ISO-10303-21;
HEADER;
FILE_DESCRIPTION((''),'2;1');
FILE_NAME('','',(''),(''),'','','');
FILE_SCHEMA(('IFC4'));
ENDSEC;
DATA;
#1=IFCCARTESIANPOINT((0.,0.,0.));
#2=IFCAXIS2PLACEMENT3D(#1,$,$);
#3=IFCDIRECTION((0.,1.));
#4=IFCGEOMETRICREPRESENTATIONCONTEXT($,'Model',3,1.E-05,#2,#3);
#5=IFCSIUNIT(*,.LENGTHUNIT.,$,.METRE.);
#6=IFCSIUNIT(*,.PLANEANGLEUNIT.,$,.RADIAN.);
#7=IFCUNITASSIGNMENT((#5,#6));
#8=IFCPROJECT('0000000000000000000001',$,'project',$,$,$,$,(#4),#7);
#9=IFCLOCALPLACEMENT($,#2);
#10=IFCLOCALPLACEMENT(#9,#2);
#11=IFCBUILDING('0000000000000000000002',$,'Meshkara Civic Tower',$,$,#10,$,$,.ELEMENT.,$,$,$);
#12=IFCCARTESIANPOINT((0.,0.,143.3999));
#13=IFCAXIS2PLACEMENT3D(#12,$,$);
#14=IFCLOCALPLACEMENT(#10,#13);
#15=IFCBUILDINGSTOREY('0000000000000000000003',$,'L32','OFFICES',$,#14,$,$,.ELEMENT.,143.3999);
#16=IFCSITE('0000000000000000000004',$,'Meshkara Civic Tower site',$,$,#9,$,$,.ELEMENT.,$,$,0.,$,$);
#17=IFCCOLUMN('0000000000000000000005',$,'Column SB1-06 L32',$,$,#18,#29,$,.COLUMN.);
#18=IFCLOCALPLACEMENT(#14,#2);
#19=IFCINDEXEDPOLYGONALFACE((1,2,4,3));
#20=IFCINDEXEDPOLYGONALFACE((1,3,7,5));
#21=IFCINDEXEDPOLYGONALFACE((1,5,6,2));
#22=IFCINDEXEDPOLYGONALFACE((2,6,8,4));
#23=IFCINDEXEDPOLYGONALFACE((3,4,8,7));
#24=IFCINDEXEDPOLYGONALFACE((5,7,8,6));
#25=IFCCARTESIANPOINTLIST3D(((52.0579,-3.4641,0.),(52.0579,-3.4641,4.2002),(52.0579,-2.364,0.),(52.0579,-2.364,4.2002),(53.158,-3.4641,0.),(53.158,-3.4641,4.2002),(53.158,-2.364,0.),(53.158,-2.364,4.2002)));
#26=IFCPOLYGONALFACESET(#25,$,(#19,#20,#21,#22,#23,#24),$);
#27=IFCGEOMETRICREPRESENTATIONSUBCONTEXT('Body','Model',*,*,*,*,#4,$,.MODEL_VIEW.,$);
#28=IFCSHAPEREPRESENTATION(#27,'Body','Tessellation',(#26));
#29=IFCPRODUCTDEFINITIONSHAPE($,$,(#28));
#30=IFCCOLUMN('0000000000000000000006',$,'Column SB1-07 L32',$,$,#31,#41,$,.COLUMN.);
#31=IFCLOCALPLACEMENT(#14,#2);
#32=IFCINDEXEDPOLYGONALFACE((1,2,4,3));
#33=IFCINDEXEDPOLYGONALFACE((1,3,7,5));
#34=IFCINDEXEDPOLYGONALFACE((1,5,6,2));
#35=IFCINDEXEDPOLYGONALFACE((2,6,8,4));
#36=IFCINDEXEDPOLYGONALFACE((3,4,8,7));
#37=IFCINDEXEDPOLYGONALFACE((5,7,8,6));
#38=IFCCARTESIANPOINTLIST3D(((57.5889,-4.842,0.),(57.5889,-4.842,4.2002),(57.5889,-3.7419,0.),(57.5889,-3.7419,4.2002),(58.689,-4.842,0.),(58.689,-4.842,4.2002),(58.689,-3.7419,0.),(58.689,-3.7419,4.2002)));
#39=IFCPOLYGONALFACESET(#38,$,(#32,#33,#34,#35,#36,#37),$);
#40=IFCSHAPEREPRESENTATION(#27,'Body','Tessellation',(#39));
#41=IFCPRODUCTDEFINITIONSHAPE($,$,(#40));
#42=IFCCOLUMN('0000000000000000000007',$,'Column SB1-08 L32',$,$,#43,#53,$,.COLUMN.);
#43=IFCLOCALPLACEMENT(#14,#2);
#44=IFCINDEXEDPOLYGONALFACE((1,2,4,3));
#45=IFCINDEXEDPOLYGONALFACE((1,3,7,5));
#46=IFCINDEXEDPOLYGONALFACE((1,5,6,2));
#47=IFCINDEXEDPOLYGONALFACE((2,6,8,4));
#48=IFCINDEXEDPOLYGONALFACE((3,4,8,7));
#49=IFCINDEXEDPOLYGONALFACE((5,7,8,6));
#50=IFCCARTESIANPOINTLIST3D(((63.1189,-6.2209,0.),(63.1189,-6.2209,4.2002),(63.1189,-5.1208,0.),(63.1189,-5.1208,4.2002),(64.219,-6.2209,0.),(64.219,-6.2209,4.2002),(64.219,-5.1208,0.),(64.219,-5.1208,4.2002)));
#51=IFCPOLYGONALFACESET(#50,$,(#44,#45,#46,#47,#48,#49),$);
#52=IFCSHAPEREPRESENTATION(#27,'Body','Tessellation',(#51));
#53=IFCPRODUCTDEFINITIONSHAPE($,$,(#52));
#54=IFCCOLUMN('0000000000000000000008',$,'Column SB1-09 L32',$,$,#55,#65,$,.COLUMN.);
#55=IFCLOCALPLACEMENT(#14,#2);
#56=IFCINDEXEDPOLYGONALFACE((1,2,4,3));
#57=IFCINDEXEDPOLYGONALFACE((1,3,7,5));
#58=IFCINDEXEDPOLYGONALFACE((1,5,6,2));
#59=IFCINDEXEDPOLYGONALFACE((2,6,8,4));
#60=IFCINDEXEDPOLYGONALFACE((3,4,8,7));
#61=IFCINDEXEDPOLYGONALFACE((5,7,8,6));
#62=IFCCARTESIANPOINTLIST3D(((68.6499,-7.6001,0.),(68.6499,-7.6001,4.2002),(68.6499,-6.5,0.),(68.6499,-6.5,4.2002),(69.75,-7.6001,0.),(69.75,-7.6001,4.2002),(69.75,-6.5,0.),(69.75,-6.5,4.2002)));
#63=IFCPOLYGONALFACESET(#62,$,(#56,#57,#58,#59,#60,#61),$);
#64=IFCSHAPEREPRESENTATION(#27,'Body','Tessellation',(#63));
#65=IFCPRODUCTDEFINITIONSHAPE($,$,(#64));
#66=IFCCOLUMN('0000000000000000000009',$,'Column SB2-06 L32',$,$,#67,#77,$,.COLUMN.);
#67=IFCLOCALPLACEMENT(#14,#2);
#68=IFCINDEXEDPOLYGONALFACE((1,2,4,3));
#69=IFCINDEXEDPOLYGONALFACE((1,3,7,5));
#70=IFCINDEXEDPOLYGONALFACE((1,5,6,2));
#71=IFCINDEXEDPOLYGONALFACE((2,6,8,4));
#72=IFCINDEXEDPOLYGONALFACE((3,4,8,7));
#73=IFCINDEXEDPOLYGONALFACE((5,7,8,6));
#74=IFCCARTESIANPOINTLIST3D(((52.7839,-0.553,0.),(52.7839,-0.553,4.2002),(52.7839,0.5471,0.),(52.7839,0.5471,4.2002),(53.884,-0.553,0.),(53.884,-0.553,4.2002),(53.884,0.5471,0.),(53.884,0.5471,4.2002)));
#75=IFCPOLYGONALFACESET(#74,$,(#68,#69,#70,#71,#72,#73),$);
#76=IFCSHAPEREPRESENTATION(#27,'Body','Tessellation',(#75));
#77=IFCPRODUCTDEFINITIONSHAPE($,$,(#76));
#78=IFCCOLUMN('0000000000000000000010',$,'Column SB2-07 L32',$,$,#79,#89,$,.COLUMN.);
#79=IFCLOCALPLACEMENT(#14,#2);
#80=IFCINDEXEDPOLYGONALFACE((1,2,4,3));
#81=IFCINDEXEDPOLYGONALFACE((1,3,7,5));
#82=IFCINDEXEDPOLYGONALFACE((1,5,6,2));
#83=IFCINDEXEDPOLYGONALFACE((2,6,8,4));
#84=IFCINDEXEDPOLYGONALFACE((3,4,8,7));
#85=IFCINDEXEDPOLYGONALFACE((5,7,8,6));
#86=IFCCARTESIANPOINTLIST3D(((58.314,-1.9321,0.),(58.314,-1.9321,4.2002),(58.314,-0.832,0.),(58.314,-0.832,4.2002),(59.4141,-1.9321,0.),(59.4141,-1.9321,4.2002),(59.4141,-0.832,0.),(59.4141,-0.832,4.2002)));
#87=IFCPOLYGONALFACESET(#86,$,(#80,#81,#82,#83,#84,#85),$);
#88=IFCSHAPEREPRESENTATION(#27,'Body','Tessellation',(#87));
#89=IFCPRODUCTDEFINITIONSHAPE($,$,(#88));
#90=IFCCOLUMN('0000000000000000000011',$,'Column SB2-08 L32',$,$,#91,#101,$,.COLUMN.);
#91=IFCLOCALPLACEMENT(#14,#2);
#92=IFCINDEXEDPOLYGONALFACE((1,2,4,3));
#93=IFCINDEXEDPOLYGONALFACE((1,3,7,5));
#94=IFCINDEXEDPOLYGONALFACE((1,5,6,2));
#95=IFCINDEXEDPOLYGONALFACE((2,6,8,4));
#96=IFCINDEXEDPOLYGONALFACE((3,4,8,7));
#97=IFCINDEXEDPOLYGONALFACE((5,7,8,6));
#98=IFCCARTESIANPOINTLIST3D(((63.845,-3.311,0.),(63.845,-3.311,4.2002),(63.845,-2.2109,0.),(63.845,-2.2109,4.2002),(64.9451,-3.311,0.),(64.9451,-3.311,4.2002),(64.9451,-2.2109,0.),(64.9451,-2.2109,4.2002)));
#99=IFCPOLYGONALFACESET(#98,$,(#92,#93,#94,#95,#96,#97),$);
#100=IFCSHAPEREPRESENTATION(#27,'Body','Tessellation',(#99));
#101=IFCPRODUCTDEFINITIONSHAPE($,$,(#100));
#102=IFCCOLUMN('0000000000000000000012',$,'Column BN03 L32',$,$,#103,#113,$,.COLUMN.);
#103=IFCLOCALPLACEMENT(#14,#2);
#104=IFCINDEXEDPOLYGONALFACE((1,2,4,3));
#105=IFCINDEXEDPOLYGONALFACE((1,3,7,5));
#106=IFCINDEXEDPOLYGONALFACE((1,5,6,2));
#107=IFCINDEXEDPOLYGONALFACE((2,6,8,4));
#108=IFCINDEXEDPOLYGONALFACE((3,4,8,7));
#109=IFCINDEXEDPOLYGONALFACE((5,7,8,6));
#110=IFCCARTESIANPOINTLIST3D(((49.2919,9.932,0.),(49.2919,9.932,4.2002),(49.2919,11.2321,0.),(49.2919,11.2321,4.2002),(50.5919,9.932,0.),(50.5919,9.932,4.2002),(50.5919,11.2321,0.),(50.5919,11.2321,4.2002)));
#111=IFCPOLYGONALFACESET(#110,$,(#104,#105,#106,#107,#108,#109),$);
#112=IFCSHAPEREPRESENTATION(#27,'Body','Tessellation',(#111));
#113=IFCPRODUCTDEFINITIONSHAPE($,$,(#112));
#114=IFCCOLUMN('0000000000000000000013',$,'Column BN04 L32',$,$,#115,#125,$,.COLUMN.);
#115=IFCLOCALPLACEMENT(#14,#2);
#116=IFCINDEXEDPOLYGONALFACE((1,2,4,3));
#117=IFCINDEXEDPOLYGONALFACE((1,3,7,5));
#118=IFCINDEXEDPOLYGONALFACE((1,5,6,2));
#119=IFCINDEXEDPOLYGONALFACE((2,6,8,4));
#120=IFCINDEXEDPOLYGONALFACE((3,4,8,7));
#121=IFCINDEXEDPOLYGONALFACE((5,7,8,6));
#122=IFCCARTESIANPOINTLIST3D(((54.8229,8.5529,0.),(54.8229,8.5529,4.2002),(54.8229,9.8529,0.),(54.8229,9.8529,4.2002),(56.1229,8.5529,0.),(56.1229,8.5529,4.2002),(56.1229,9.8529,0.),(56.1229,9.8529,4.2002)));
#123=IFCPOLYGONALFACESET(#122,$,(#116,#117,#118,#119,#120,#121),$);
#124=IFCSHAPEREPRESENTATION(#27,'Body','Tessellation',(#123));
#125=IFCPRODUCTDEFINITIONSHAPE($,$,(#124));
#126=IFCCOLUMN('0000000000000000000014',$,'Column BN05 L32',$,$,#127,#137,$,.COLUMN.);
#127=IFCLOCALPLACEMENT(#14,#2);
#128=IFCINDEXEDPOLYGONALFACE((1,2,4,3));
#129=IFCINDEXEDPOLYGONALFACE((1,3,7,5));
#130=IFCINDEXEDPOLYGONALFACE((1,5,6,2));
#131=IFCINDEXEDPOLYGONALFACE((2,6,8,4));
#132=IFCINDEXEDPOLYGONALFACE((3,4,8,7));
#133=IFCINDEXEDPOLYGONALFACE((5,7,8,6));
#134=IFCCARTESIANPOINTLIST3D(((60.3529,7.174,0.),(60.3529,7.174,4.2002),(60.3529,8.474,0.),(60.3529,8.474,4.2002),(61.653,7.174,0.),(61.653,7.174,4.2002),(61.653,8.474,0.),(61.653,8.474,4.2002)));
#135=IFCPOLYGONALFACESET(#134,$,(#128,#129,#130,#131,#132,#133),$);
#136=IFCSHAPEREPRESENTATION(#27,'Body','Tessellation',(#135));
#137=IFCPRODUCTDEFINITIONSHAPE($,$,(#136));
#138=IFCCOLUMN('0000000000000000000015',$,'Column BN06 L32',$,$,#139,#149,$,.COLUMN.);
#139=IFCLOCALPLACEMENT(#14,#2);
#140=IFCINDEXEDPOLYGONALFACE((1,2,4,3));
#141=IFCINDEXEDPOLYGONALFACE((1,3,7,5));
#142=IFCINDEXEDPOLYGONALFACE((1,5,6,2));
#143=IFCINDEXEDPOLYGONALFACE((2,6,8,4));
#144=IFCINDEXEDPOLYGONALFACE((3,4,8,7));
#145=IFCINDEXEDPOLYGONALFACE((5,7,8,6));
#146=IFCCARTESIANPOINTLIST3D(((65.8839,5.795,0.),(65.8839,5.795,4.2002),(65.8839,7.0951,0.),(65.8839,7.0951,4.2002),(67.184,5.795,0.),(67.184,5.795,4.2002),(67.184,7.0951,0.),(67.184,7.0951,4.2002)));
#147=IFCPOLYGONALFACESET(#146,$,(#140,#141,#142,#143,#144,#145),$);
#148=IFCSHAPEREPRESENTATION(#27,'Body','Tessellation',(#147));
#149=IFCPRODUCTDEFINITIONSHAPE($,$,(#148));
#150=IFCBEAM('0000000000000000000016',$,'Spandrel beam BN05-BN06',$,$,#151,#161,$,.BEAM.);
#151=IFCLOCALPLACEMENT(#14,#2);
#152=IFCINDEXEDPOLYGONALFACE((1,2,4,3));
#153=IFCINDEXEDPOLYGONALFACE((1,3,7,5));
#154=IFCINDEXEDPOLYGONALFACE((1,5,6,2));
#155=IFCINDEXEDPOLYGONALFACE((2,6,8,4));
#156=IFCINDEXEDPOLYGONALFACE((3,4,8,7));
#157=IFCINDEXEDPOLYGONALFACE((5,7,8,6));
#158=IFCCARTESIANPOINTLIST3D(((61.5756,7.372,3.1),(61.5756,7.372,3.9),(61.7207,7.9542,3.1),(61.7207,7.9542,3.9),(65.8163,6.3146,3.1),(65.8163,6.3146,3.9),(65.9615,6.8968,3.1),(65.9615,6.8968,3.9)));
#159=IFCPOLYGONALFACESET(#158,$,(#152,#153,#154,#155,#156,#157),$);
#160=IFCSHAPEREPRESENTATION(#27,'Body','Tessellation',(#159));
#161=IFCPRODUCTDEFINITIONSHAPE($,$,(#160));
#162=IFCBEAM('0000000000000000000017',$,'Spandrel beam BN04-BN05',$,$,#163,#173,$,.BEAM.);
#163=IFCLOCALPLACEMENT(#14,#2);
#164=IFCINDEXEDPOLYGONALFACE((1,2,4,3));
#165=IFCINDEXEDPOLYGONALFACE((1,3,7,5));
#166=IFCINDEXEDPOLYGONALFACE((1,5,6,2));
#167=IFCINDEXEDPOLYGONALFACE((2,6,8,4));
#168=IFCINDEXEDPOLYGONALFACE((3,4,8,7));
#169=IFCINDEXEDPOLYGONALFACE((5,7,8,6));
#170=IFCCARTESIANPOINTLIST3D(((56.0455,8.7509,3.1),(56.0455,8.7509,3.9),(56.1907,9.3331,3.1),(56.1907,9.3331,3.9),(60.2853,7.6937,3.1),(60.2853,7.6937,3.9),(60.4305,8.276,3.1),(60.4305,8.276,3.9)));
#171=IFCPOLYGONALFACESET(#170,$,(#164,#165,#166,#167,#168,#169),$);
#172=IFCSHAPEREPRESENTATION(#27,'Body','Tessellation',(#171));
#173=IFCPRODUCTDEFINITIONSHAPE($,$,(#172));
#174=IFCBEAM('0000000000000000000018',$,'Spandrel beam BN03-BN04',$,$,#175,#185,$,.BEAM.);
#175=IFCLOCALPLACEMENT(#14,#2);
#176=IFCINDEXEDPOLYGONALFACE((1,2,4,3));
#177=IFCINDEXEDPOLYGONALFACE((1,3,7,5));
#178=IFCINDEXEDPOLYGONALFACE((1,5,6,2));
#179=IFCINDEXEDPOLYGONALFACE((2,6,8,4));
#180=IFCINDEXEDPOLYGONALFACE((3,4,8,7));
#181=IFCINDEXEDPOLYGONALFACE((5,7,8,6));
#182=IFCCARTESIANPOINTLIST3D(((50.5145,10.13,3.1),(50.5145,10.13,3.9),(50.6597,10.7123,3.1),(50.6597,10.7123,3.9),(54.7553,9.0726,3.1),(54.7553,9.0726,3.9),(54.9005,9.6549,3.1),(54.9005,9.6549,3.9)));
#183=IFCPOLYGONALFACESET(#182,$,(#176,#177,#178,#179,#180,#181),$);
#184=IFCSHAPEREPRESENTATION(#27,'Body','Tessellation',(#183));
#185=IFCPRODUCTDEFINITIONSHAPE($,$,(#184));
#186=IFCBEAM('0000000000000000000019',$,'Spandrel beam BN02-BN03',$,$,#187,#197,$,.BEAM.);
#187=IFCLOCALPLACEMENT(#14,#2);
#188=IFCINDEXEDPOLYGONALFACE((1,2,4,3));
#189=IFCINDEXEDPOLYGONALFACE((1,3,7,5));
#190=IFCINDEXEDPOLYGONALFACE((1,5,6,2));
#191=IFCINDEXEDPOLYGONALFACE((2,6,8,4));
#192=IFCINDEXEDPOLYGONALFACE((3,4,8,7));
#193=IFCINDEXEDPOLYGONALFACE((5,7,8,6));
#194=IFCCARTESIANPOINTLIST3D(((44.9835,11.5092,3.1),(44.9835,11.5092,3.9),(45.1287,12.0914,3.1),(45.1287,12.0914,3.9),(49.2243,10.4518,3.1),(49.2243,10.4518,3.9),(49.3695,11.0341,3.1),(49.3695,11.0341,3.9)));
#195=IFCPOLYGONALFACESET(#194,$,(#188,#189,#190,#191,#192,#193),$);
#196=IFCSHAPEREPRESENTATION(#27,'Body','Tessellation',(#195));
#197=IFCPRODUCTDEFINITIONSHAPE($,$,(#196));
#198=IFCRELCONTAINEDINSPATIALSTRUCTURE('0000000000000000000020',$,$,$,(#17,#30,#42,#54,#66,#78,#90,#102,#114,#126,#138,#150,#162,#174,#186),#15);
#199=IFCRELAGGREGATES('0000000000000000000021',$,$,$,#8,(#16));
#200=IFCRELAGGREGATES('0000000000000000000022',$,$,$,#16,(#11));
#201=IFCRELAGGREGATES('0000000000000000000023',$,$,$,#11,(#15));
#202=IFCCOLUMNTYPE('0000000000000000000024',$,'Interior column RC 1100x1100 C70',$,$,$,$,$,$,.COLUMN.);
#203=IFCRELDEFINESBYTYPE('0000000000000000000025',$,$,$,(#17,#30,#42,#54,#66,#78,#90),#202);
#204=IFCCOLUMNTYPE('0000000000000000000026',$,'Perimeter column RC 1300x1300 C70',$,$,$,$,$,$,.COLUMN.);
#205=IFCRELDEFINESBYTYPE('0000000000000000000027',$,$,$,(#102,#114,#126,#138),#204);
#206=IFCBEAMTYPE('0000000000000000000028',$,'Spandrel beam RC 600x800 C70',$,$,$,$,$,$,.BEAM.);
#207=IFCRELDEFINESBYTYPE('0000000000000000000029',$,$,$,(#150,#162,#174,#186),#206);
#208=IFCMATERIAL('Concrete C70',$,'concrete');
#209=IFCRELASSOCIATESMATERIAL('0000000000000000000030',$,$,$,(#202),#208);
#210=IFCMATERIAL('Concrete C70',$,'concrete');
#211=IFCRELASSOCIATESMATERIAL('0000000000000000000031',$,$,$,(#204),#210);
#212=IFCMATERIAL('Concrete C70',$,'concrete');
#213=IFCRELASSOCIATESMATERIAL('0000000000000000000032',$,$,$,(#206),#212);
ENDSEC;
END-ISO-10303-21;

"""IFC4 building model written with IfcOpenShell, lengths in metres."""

from ifc_helpers import new_model, si_unit, direction, frame, origin, origin_2d, place, context, subcontext, project, spatial, rectangle, extrude, material, material_profile, profile_set, type_object, element, save


model = new_model("IFC4")

# Units and contexts
model_context = context("Model", 3, precision=1e-05, world=origin(), true_north=direction((0.0, 1.0)))
body_context = subcontext(model_context, "Body", "Model", "MODEL_VIEW")
ifc_project = project(units=[si_unit("LENGTHUNIT", "METRE"), si_unit("PLANEANGLEUNIT", "RADIAN")], contexts=[model_context])

# Site, building, storey
site_placement = place(None, origin())
site = spatial("IfcSite", under=ifc_project, at=site_placement, Name="Meshkara Civic Tower site", CompositionType="ELEMENT", RefElevation=0.0)
building_placement = place(site_placement, origin())
building = spatial("IfcBuilding", under=site, at=building_placement, Name="Meshkara Civic Tower", CompositionType="ELEMENT")
storey_placement = place(building_placement, frame((0.0, 0.0, 143.3999)))
storey = spatial("IfcBuildingStorey", under=building, at=storey_placement, Name="L32", Description="OFFICES", CompositionType="ELEMENT", Elevation=143.3999)

# Columns
ifc_material_1 = material(Name="Concrete C70", Category="concrete")
ifc_material_profile_1 = material_profile(ifc_material_1, rectangle(XDim=1.1001, YDim=1.1001, at=origin_2d()))
ifc_profile_set_1 = profile_set([ifc_material_profile_1], Name="Concrete C70")
column_type_1 = type_object("IfcColumnType", Name="Interior column RC 1100x1100 C70", PredefinedType="COLUMN", material=ifc_profile_set_1)
for number, where, z_axis, x_axis, name in (
    (1, (52.6079, -2.9141, 0.0), (0.0, 0.0, 1.0), (1.0, 0.0, 0.0), "Column SB1-06 L32"),
    (2, (58.1389, -4.292, 0.0), (0.0, 0.0, 1.0), (1.0, 0.0, 0.0), "Column SB1-07 L32"),
    (3, (63.6689, -5.6709, 0.0), (0.0, 0.0, 1.0), (1.0, 0.0, 0.0), "Column SB1-08 L32"),
    (4, (69.2, -7.05, 0.0), (0.0, 0.0, 1.0), (1.0, 0.0, 0.0), "Column SB1-09 L32"),
    (5, (53.334, -0.0029, 0.0), (0.0, 0.0, 1.0), (1.0, 0.0, 0.0), "Column SB2-06 L32"),
    (6, (58.864, -1.3821, 0.0), (0.0, 0.0, 1.0), (1.0, 0.0, 0.0), "Column SB2-07 L32"),
    (7, (64.395, -2.761, 0.0), (0.0, 0.0, 1.0), (1.0, 0.0, 0.0), "Column SB2-08 L32"),
):
    element("IfcColumn", number, at=place(storey_placement, frame(where, z_axis=z_axis, x_axis=x_axis)), inside=storey, type_object=column_type_1, Name=name, PredefinedType="COLUMN", context=body_context, shape_type="SweptSolid", body=[
        extrude(rectangle(XDim=1.1001, YDim=1.1001, at=origin_2d()), origin(), (0.0, 0.0, 1.0), 4.2002),
    ])
ifc_material_2 = material(Name="Concrete C70", Category="concrete")
ifc_material_profile_2 = material_profile(ifc_material_2, rectangle(XDim=1.3, YDim=1.3, at=origin_2d()))
ifc_profile_set_2 = profile_set([ifc_material_profile_2], Name="Concrete C70")
column_type_2 = type_object("IfcColumnType", Name="Perimeter column RC 1300x1300 C70", PredefinedType="COLUMN", material=ifc_profile_set_2)
for number, where, z_axis, x_axis, name in (
    (8, (49.9419, 10.582, 0.0), (0.0, 0.0, 1.0), (1.0, 0.0, 0.0), "Column BN03 L32"),
    (9, (55.4729, 9.2029, 0.0), (0.0, 0.0, 1.0), (1.0, 0.0, 0.0), "Column BN04 L32"),
    (10, (61.0029, 7.824, 0.0), (0.0, 0.0, 1.0), (1.0, 0.0, 0.0), "Column BN05 L32"),
    (11, (66.5339, 6.4451, 0.0), (0.0, 0.0, 1.0), (1.0, 0.0, 0.0), "Column BN06 L32"),
):
    element("IfcColumn", number, at=place(storey_placement, frame(where, z_axis=z_axis, x_axis=x_axis)), inside=storey, type_object=column_type_2, Name=name, PredefinedType="COLUMN", context=body_context, shape_type="SweptSolid", body=[
        extrude(rectangle(XDim=1.3, YDim=1.3, at=origin_2d()), origin(), (0.0, 0.0, 1.0), 4.2002),
    ])

# Beams
ifc_material_3 = material(Name="Concrete C70", Category="concrete")
ifc_material_profile_3 = material_profile(ifc_material_3, rectangle(XDim=0.6001, YDim=0.8, at=origin_2d()))
ifc_profile_set_3 = profile_set([ifc_material_profile_3], Name="Concrete C70")
beam_type = type_object("IfcBeamType", Name="Spandrel beam RC 600x800 C70", PredefinedType="BEAM", material=ifc_profile_set_3)
beam_1_placement = place(storey_placement, frame((65.8889, 6.6057, 3.5), z_axis=(-0.970293, 0.241931, 0.0), x_axis=(-0.241931, -0.970293, 0.0)))
element("IfcBeam", 12, at=beam_1_placement, inside=storey, type_object=beam_type, Name="Spandrel beam BN05-BN06", PredefinedType="BEAM", context=body_context, shape_type="SweptSolid", body=[
    extrude(rectangle(XDim=0.6001, YDim=0.8, at=origin_2d()), origin(), (0.0, 0.0, 1.0), 4.3706),
])
beam_2_placement = place(storey_placement, frame((60.3579, 7.9849, 3.5), z_axis=(-0.970293, 0.241931, 0.0), x_axis=(-0.241931, -0.970293, 0.0)))
element("IfcBeam", 13, at=beam_2_placement, inside=storey, type_object=beam_type, Name="Spandrel beam BN04-BN05", PredefinedType="BEAM", context=body_context, shape_type="SweptSolid", body=[
    extrude(rectangle(XDim=0.6001, YDim=0.8, at=origin_2d()), origin(), (0.0, 0.0, 1.0), 4.3696),
])
for number, where, z_axis, x_axis, name in (
    (14, (54.8279, 9.3638, 3.5), (-0.970293, 0.241931, 0.0), (-0.241931, -0.970293, 0.0), "Spandrel beam BN03-BN04"),
    (15, (49.2969, 10.7429, 3.5), (-0.970293, 0.241931, 0.0), (-0.241931, -0.970293, 0.0), "Spandrel beam BN02-BN03"),
):
    element("IfcBeam", number, at=place(storey_placement, frame(where, z_axis=z_axis, x_axis=x_axis)), inside=storey, type_object=beam_type, Name=name, PredefinedType="BEAM", context=body_context, shape_type="SweptSolid", body=[
        extrude(rectangle(XDim=0.6001, YDim=0.8, at=origin_2d()), origin(), (0.0, 0.0, 1.0), 4.3706),
    ])

save(model, "model.ifc")
